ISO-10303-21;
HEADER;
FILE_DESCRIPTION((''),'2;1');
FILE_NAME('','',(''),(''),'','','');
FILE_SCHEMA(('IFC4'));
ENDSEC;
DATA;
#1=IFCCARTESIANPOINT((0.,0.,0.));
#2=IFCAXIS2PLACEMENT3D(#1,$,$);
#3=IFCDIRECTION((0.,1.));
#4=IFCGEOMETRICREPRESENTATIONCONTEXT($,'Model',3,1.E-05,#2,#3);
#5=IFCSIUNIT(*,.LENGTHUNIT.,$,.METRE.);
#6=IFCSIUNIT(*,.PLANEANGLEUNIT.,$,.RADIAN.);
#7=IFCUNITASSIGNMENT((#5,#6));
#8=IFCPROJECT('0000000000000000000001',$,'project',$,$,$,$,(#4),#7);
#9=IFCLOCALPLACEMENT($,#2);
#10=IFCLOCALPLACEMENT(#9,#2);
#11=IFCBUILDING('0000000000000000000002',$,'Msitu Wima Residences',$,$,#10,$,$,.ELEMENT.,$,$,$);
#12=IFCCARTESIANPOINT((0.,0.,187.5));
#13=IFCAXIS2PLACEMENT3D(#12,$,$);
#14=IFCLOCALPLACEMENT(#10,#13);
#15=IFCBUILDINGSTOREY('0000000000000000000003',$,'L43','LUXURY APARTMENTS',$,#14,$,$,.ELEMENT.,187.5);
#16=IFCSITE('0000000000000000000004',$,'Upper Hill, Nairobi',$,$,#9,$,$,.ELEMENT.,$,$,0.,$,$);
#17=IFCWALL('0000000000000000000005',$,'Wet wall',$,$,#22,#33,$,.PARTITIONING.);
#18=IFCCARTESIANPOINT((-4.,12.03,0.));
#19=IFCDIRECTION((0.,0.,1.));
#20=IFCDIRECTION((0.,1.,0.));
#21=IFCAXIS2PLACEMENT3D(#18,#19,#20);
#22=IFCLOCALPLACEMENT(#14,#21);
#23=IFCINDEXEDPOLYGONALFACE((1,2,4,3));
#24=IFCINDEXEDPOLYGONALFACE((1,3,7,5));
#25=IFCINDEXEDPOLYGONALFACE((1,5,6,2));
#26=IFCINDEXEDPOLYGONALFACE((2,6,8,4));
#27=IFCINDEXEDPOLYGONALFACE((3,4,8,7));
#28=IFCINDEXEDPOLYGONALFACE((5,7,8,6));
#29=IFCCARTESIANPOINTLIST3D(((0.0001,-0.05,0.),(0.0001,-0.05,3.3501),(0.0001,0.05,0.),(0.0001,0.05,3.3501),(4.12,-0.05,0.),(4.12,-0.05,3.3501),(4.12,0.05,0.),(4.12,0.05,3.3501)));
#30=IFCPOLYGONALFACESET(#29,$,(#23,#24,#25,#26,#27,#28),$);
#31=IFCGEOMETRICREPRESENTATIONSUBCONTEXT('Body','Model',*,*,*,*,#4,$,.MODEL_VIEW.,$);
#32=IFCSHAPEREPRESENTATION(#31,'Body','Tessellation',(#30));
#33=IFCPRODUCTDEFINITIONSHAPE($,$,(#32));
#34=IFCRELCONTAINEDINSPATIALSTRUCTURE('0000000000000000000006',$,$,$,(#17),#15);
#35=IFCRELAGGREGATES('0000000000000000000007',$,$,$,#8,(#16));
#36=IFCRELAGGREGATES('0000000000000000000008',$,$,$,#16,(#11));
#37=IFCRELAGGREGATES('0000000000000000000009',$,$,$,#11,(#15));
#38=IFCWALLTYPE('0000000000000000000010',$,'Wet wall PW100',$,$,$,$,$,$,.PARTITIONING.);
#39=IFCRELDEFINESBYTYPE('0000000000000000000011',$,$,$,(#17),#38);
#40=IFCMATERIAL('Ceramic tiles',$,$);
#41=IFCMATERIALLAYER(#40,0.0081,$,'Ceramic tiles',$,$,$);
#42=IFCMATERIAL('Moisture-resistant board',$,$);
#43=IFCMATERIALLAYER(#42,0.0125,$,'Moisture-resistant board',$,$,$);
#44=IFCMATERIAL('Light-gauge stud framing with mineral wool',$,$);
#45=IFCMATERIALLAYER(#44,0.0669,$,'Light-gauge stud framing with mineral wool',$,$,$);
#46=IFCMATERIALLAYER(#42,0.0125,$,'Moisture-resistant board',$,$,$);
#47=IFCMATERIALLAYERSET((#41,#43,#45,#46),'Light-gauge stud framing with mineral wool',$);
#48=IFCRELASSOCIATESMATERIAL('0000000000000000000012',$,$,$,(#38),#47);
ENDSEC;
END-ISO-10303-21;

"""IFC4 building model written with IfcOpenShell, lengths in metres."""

from ifc_helpers import new_model, si_unit, direction, frame, frame_2d, origin, place, context, subcontext, project, spatial, rectangle, extrude, material, layer, layer_set, type_object, element, save


model = new_model("IFC4")

# Units and contexts
model_context = context("Model", 3, precision=1e-05, world=origin(), true_north=direction((0.0, 1.0)))
body_context = subcontext(model_context, "Body", "Model", "MODEL_VIEW")
ifc_project = project(units=[si_unit("LENGTHUNIT", "METRE"), si_unit("PLANEANGLEUNIT", "RADIAN")], contexts=[model_context])

# Site, building, storey
site_placement = place(None, origin())
site = spatial("IfcSite", under=ifc_project, at=site_placement, Name="Upper Hill, Nairobi", CompositionType="ELEMENT", RefElevation=0.0)
building_placement = place(site_placement, origin())
building = spatial("IfcBuilding", under=site, at=building_placement, Name="Msitu Wima Residences", CompositionType="ELEMENT")
storey_placement = place(building_placement, frame((0.0, 0.0, 187.5)))
storey = spatial("IfcBuildingStorey", under=building, at=storey_placement, Name="L43", Description="LUXURY APARTMENTS", CompositionType="ELEMENT", Elevation=187.5)

# Shared definitions
ifc_material_1 = material(Name="Ceramic tiles")
ifc_layer_1 = layer(ifc_material_1, 0.0081, Name="Ceramic tiles")
ifc_material_2 = material(Name="Moisture-resistant board")
ifc_layer_2 = layer(ifc_material_2, 0.0125, Name="Moisture-resistant board")
ifc_material_3 = material(Name="Light-gauge stud framing with mineral wool")
ifc_layer_3 = layer(ifc_material_3, 0.0669, Name="Light-gauge stud framing with mineral wool")
ifc_layer_4 = layer(ifc_material_2, 0.0125, Name="Moisture-resistant board")
ifc_layer_set_1 = layer_set([ifc_layer_1, ifc_layer_2, ifc_layer_3, ifc_layer_4], Name="Light-gauge stud framing with mineral wool")
wall_type_1 = type_object("IfcWallType", Name="Wet wall PW100", PredefinedType="PARTITIONING", material=ifc_layer_set_1)

# Wall
wall_1_placement = place(storey_placement, frame((-4.0, 12.03, 0.0), z_axis=(0.0, 0.0, 1.0), x_axis=(0.0, 1.0, 0.0)))
element("IfcWall", 1, at=wall_1_placement, inside=storey, type_object=wall_type_1, Name="Wet wall", PredefinedType="PARTITIONING", context=body_context, shape_type="SweptSolid", body=[
    extrude(rectangle(XDim=4.1199, YDim=0.1001, at=frame_2d((2.0601, 0.0))), origin(), (0.0, 0.0, 1.0), 3.3501),
])

save(model, "model.ifc")
